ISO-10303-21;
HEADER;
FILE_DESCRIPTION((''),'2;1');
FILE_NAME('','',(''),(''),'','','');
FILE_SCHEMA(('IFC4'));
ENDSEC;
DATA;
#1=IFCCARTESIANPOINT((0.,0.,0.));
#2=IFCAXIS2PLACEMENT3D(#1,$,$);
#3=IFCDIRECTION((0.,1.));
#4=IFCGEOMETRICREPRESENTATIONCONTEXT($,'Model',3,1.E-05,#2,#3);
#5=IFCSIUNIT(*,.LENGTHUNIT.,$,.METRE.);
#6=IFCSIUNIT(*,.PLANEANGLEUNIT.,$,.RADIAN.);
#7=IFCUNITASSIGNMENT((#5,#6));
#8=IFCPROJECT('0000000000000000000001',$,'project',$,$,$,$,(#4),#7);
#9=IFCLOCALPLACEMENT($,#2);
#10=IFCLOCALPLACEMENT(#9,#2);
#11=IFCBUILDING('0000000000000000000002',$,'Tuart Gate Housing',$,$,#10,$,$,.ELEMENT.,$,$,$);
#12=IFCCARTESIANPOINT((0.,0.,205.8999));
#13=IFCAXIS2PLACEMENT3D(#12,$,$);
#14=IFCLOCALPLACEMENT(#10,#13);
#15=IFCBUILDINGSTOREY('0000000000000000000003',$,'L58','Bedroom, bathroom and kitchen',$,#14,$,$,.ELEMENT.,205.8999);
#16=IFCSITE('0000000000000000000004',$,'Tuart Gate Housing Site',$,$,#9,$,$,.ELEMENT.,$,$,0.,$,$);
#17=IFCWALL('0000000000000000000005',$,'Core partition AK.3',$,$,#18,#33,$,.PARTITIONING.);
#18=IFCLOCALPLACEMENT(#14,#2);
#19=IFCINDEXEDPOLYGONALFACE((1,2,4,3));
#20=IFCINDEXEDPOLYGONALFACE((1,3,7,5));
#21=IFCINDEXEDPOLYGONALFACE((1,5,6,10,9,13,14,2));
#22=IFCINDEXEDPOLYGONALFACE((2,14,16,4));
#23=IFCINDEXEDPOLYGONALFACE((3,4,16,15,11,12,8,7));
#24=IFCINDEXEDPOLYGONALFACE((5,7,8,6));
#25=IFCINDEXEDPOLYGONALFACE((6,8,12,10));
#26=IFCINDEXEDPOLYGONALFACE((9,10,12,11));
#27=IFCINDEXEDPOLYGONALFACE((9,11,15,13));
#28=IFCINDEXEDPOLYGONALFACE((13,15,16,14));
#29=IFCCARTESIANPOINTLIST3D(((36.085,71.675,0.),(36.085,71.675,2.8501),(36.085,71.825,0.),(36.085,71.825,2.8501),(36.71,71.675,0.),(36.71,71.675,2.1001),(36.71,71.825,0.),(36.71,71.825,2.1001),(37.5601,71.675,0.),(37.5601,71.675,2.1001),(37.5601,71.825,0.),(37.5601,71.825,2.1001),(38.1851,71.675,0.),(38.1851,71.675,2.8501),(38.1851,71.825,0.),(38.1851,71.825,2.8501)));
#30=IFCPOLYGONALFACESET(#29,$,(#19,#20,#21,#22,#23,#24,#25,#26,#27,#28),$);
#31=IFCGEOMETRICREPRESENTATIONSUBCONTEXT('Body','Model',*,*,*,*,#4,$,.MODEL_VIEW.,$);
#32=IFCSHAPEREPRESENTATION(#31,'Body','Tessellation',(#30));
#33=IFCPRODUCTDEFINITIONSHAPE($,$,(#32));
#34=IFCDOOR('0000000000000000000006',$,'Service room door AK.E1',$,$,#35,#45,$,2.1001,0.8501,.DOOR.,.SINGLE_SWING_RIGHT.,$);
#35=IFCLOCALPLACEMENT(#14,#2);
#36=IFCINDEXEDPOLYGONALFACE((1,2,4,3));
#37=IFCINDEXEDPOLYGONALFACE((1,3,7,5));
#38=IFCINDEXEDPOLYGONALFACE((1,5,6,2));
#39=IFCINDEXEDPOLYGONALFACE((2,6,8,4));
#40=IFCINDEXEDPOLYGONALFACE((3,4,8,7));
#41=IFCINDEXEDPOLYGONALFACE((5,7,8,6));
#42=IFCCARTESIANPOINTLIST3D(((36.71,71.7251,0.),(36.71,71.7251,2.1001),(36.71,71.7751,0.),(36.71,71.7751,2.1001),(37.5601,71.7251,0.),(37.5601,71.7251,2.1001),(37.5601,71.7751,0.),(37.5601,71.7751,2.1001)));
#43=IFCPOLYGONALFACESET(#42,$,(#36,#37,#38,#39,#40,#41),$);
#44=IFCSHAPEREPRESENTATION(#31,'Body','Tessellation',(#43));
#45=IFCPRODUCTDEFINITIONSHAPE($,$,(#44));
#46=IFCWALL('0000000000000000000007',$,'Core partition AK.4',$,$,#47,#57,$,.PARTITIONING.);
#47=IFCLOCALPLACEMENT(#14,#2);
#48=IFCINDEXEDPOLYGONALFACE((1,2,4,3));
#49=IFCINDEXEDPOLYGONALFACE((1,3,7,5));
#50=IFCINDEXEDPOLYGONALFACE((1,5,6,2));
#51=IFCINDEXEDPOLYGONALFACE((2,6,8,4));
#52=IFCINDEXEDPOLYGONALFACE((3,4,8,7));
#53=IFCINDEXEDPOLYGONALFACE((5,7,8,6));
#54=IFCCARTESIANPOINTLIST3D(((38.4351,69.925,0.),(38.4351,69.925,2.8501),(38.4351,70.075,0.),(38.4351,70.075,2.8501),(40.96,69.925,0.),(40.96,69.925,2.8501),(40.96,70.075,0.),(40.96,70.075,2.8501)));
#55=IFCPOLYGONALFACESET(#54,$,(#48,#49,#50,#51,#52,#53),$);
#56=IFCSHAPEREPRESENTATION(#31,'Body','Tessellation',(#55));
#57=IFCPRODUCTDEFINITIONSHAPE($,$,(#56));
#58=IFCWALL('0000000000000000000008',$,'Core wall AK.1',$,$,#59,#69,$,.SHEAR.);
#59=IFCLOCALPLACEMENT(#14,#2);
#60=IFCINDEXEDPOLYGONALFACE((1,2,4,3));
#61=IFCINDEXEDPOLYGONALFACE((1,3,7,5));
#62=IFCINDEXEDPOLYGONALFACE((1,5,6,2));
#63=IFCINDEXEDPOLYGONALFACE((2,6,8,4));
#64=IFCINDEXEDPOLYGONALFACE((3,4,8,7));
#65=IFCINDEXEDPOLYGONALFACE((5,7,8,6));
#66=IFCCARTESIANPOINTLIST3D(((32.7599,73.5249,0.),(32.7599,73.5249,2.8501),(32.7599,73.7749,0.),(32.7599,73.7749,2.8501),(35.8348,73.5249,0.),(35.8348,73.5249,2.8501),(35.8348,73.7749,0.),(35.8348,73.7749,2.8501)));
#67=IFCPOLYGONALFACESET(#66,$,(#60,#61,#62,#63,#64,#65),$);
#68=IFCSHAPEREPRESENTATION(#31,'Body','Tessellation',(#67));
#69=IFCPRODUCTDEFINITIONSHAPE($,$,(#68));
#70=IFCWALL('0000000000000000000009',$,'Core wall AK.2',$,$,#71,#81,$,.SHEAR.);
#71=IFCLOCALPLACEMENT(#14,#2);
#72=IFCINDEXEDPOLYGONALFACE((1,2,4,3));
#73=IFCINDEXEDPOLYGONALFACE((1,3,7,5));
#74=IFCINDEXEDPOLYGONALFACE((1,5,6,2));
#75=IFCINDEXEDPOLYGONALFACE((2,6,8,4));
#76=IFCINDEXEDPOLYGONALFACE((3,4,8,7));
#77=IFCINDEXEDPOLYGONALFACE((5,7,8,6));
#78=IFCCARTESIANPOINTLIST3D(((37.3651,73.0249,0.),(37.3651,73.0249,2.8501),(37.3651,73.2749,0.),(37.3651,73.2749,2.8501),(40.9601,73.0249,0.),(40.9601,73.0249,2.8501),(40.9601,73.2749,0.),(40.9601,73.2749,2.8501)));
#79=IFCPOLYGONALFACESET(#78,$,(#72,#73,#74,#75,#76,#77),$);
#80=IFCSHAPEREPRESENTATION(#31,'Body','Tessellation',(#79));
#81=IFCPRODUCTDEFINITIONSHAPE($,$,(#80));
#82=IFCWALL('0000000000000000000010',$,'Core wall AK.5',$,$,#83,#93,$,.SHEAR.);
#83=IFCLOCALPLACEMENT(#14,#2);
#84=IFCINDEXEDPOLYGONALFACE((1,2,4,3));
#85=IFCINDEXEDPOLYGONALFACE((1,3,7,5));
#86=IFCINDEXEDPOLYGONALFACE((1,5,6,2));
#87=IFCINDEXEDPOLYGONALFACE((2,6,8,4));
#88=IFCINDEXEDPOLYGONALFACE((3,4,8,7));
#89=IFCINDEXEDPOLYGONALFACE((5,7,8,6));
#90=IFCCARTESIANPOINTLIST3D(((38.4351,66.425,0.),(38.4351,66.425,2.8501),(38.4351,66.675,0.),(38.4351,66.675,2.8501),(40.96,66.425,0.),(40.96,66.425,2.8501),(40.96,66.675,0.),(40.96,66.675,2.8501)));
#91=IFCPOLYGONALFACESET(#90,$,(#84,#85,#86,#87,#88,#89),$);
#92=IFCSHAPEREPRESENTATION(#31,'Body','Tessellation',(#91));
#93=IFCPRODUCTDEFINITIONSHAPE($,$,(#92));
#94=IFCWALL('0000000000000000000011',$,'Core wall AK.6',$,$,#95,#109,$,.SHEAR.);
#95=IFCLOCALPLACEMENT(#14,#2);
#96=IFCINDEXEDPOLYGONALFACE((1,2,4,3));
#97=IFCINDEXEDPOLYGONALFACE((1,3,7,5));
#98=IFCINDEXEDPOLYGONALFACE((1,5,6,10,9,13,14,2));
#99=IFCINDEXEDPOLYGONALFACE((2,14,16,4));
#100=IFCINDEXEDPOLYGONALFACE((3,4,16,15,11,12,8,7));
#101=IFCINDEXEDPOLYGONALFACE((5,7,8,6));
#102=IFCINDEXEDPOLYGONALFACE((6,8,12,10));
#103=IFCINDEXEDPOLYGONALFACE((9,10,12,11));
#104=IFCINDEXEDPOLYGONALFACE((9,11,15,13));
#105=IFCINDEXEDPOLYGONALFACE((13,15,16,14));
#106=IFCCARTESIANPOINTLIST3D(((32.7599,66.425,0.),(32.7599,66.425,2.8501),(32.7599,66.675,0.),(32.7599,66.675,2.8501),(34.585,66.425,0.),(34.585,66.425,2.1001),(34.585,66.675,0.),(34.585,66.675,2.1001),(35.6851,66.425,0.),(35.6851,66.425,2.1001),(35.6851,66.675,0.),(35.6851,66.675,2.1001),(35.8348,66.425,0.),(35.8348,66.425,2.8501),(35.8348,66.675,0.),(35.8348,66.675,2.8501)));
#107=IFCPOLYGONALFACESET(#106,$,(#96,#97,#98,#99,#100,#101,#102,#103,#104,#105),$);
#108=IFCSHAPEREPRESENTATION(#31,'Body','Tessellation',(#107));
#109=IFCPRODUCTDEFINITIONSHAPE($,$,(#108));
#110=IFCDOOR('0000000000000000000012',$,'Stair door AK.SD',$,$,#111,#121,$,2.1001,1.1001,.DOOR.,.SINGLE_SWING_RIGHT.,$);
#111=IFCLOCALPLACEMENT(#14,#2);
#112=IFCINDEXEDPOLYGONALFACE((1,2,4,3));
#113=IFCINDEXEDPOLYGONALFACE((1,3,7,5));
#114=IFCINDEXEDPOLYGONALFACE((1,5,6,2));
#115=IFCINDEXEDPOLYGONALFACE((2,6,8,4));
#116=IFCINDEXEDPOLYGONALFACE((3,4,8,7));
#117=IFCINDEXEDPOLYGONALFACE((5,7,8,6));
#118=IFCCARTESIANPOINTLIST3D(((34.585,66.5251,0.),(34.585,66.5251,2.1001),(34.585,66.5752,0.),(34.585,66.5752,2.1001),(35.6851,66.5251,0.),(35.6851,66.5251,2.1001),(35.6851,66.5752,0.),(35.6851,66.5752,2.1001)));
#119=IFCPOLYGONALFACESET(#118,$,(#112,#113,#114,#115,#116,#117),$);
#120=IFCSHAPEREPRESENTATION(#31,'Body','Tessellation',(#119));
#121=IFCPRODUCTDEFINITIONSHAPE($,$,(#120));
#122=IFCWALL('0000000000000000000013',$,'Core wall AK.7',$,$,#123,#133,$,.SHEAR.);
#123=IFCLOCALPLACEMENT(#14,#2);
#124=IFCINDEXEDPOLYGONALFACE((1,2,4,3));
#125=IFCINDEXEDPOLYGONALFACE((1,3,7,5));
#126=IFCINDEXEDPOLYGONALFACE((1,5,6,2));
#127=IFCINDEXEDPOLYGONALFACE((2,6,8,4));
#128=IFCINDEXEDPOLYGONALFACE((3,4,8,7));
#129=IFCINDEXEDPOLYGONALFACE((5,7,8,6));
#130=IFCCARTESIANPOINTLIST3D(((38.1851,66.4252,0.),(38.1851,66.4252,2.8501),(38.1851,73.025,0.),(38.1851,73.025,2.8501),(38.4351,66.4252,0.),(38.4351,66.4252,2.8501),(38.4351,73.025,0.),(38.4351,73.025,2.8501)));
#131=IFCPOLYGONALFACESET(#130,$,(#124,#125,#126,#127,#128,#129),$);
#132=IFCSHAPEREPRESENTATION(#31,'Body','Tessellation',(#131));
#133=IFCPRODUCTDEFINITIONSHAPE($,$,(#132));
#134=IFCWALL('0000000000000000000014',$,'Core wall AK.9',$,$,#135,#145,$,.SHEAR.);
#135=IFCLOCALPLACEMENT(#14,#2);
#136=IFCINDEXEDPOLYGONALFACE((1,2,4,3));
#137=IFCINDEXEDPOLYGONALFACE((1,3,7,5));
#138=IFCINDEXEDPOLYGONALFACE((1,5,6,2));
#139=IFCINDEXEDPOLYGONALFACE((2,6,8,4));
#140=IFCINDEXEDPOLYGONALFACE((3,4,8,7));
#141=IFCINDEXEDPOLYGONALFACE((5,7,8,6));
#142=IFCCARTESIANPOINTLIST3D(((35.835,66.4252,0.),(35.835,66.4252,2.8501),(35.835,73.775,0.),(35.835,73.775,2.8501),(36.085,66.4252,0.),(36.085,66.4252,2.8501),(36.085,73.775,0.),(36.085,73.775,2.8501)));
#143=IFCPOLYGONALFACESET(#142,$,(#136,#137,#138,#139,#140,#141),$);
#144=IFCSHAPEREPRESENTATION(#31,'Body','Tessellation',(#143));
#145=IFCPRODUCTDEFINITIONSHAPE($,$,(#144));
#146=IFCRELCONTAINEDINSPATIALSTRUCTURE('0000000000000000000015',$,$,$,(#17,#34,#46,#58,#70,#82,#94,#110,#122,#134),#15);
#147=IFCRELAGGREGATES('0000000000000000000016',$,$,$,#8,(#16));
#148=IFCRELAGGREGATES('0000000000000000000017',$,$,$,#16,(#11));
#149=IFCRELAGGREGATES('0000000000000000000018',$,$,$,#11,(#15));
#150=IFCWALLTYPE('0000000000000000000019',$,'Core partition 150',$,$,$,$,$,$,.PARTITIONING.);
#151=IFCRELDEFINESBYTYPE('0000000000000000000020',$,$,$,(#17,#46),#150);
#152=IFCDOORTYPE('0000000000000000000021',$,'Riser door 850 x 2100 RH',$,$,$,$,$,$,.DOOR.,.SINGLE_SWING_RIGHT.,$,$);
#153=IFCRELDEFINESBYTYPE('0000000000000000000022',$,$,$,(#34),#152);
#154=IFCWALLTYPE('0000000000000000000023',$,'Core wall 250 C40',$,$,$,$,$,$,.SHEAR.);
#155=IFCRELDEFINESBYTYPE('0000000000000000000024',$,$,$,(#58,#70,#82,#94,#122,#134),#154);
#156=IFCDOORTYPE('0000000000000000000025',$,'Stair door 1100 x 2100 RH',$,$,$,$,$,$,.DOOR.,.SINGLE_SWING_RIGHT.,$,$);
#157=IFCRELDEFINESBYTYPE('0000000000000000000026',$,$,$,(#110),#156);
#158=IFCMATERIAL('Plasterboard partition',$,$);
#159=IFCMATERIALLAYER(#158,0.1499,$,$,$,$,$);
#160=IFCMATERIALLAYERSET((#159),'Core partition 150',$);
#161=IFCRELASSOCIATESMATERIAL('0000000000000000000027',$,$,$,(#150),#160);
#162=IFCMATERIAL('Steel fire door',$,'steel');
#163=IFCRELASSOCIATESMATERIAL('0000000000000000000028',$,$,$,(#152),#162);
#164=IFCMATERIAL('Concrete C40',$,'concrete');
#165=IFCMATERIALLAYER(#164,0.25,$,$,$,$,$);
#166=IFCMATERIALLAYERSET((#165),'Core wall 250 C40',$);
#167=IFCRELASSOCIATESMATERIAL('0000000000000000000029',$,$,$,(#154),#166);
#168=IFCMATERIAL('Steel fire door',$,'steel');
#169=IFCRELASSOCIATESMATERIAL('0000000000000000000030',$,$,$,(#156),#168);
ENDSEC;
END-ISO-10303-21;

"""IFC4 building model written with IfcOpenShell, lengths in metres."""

from ifc_helpers import new_model, si_unit, direction, frame, frame_2d, origin, place, context, subcontext, project, spatial, rectangle, extrude, material, layer, layer_set, type_object, element, fill, save


model = new_model("IFC4")

# Units and contexts
model_context = context("Model", 3, precision=1e-05, world=origin(), true_north=direction((0.0, 1.0)))
body_context = subcontext(model_context, "Body", "Model", "MODEL_VIEW")
ifc_project = project(units=[si_unit("LENGTHUNIT", "METRE"), si_unit("PLANEANGLEUNIT", "RADIAN")], contexts=[model_context])

# Site, building, storey
site_placement = place(None, origin())
site = spatial("IfcSite", under=ifc_project, at=site_placement, Name="Tuart Gate Housing Site", CompositionType="ELEMENT", RefElevation=0.0)
building_placement = place(site_placement, origin())
building = spatial("IfcBuilding", under=site, at=building_placement, Name="Tuart Gate Housing", CompositionType="ELEMENT")
storey_placement = place(building_placement, frame((0.0, 0.0, 205.8999)))
storey = spatial("IfcBuildingStorey", under=building, at=storey_placement, Name="L58", Description="Bedroom, bathroom and kitchen", CompositionType="ELEMENT", Elevation=205.8999)

# Wall, opening, door
ifc_material_1 = material(Name="Plasterboard partition")
ifc_layer_1 = layer(ifc_material_1, 0.1499)
ifc_layer_set_1 = layer_set([ifc_layer_1], Name="Core partition 150")
wall_type_1 = type_object("IfcWallType", Name="Core partition 150", PredefinedType="PARTITIONING", material=ifc_layer_set_1)
wall_1_placement = place(storey_placement, frame((38.1851, 71.75, 0.0), z_axis=(0.0, 0.0, 1.0), x_axis=(-1.0, 0.0, 0.0)))
wall_1 = element("IfcWall", 1, at=wall_1_placement, inside=storey, type_object=wall_type_1, Name="Core partition AK.3", PredefinedType="PARTITIONING", context=body_context, shape_type="SweptSolid", body=[
    extrude(rectangle(XDim=2.1001, YDim=0.1499, at=frame_2d((1.05, 0.0))), origin(), (0.0, 0.0, 1.0), 2.8501),
])
opening_1_placement = place(wall_1_placement, frame((0.625, 0.0, 0.0)))
opening_1 = element("IfcOpeningElement", 2, at=opening_1_placement, cuts=wall_1, PredefinedType="OPENING", context=body_context, shape_type="SweptSolid", body=[
    extrude(rectangle(XDim=0.8501, YDim=2.1001, at=frame_2d((0.425, 1.05))), frame((0.0, 0.085, 0.0), z_axis=(0.0, -1.0, 0.0), x_axis=(1.0, 0.0, 0.0)), (0.0, 0.0, 1.0), 0.1699),
])
ifc_material_2 = material(Name="Steel fire door", Category="steel")
door_type_1 = type_object("IfcDoorType", Name="Riser door 850 x 2100 RH", OperationType="SINGLE_SWING_RIGHT", PredefinedType="DOOR", material=ifc_material_2)
door_1_placement = place(opening_1_placement, frame((0.8501, 0.0, 0.0), z_axis=(0.0, 0.0, 1.0), x_axis=(-1.0, 0.0, 0.0)))
door_1 = element("IfcDoor", 3, at=door_1_placement, inside=storey, type_object=door_type_1, Name="Service room door AK.E1", OperationType="SINGLE_SWING_RIGHT", OverallHeight=2.1001, OverallWidth=0.8501, PredefinedType="DOOR", context=body_context, shape_type="SweptSolid", body=[
    extrude(rectangle(XDim=0.8501, YDim=2.1001, at=frame_2d((0.425, 1.05))), frame((0.0, 0.0251, 0.0), z_axis=(0.0, -1.0, 0.0), x_axis=(1.0, 0.0, 0.0)), (0.0, 0.0, 1.0), 0.05),
])
fill(opening_1, door_1)

# Walls
wall_2_placement = place(storey_placement, frame((40.96, 70.0, 0.0), z_axis=(0.0, 0.0, 1.0), x_axis=(-1.0, 0.0, 0.0)))
element("IfcWall", 4, at=wall_2_placement, inside=storey, type_object=wall_type_1, Name="Core partition AK.4", PredefinedType="PARTITIONING", context=body_context, shape_type="SweptSolid", body=[
    extrude(rectangle(XDim=2.5249, YDim=0.1499, at=frame_2d((1.2625, 0.0))), origin(), (0.0, 0.0, 1.0), 2.8501),
])
ifc_material_3 = material(Name="Concrete C40", Category="concrete")
ifc_layer_2 = layer(ifc_material_3, 0.25)
ifc_layer_set_2 = layer_set([ifc_layer_2], Name="Core wall 250 C40")
wall_type_2 = type_object("IfcWallType", Name="Core wall 250 C40", PredefinedType="SHEAR", material=ifc_layer_set_2)
wall_3_placement = place(storey_placement, frame((35.835, 73.6499, 0.0), z_axis=(0.0, 0.0, 1.0), x_axis=(-1.0, 0.0, 0.0)))
element("IfcWall", 5, at=wall_3_placement, inside=storey, type_object=wall_type_2, Name="Core wall AK.1", PredefinedType="SHEAR", context=body_context, shape_type="SweptSolid", body=[
    extrude(rectangle(XDim=3.075, YDim=0.25, at=frame_2d((1.5376, 0.0))), origin(), (0.0, 0.0, 1.0), 2.8501),
])
wall_4_placement = place(storey_placement, frame((40.96, 73.1499, 0.0), z_axis=(0.0, 0.0, 1.0), x_axis=(-1.0, 0.0, 0.0)))
element("IfcWall", 6, at=wall_4_placement, inside=storey, type_object=wall_type_2, Name="Core wall AK.2", PredefinedType="SHEAR", context=body_context, shape_type="SweptSolid", body=[
    extrude(rectangle(XDim=3.595, YDim=0.25, at=frame_2d((1.7974, 0.0))), origin(), (0.0, 0.0, 1.0), 2.8501),
])
wall_5_placement = place(storey_placement, frame((40.96, 66.55, 0.0), z_axis=(0.0, 0.0, 1.0), x_axis=(-1.0, 0.0, 0.0)))
element("IfcWall", 7, at=wall_5_placement, inside=storey, type_object=wall_type_2, Name="Core wall AK.5", PredefinedType="SHEAR", context=body_context, shape_type="SweptSolid", body=[
    extrude(rectangle(XDim=2.5249, YDim=0.25, at=frame_2d((1.2625, 0.0))), origin(), (0.0, 0.0, 1.0), 2.8501),
])

# Wall, opening, door
wall_6_placement = place(storey_placement, frame((35.835, 66.55, 0.0), z_axis=(0.0, 0.0, 1.0), x_axis=(-1.0, 0.0, 0.0)))
wall_6 = element("IfcWall", 8, at=wall_6_placement, inside=storey, type_object=wall_type_2, Name="Core wall AK.6", PredefinedType="SHEAR", context=body_context, shape_type="SweptSolid", body=[
    extrude(rectangle(XDim=3.075, YDim=0.25, at=frame_2d((1.5376, 0.0))), origin(), (0.0, 0.0, 1.0), 2.8501),
])
opening_2_placement = place(wall_6_placement, frame((0.1499, 0.0, 0.0)))
opening_2 = element("IfcOpeningElement", 9, at=opening_2_placement, cuts=wall_6, PredefinedType="OPENING", context=body_context, shape_type="SweptSolid", body=[
    extrude(rectangle(XDim=1.1001, YDim=2.1001, at=frame_2d((0.55, 1.05))), frame((0.0, 0.135, 0.0), z_axis=(0.0, -1.0, 0.0), x_axis=(1.0, 0.0, 0.0)), (0.0, 0.0, 1.0), 0.27),
])
ifc_material_4 = material(Name="Steel fire door", Category="steel")
door_type_2 = type_object("IfcDoorType", Name="Stair door 1100 x 2100 RH", OperationType="SINGLE_SWING_RIGHT", PredefinedType="DOOR", material=ifc_material_4)
door_2_placement = place(opening_2_placement, frame((1.1001, 0.0, 0.0), z_axis=(0.0, 0.0, 1.0), x_axis=(-1.0, 0.0, 0.0)))
door_2 = element("IfcDoor", 10, at=door_2_placement, inside=storey, type_object=door_type_2, Name="Stair door AK.SD", OperationType="SINGLE_SWING_RIGHT", OverallHeight=2.1001, OverallWidth=1.1001, PredefinedType="DOOR", context=body_context, shape_type="SweptSolid", body=[
    extrude(rectangle(XDim=1.1001, YDim=2.1001, at=frame_2d((0.55, 1.05))), frame((0.0, 0.0251, 0.0), z_axis=(0.0, -1.0, 0.0), x_axis=(1.0, 0.0, 0.0)), (0.0, 0.0, 1.0), 0.05),
])
fill(opening_2, door_2)

# Walls
wall_7_placement = place(storey_placement, frame((38.3101, 73.0249, 0.0), z_axis=(0.0, 0.0, 1.0), x_axis=(0.0, -1.0, 0.0)))
element("IfcWall", 11, at=wall_7_placement, inside=storey, type_object=wall_type_2, Name="Core wall AK.7", PredefinedType="SHEAR", context=body_context, shape_type="SweptSolid", body=[
    extrude(rectangle(XDim=6.5999, YDim=0.25, at=frame_2d((3.2998, 0.0))), origin(), (0.0, 0.0, 1.0), 2.8501),
])
wall_8_placement = place(storey_placement, frame((35.96, 73.7749, 0.0), z_axis=(0.0, 0.0, 1.0), x_axis=(0.0, -1.0, 0.0)))
element("IfcWall", 12, at=wall_8_placement, inside=storey, type_object=wall_type_2, Name="Core wall AK.9", PredefinedType="SHEAR", context=body_context, shape_type="SweptSolid", body=[
    extrude(rectangle(XDim=7.3499, YDim=0.25, at=frame_2d((3.6748, 0.0))), origin(), (0.0, 0.0, 1.0), 2.8501),
])

save(model, "model.ifc")
